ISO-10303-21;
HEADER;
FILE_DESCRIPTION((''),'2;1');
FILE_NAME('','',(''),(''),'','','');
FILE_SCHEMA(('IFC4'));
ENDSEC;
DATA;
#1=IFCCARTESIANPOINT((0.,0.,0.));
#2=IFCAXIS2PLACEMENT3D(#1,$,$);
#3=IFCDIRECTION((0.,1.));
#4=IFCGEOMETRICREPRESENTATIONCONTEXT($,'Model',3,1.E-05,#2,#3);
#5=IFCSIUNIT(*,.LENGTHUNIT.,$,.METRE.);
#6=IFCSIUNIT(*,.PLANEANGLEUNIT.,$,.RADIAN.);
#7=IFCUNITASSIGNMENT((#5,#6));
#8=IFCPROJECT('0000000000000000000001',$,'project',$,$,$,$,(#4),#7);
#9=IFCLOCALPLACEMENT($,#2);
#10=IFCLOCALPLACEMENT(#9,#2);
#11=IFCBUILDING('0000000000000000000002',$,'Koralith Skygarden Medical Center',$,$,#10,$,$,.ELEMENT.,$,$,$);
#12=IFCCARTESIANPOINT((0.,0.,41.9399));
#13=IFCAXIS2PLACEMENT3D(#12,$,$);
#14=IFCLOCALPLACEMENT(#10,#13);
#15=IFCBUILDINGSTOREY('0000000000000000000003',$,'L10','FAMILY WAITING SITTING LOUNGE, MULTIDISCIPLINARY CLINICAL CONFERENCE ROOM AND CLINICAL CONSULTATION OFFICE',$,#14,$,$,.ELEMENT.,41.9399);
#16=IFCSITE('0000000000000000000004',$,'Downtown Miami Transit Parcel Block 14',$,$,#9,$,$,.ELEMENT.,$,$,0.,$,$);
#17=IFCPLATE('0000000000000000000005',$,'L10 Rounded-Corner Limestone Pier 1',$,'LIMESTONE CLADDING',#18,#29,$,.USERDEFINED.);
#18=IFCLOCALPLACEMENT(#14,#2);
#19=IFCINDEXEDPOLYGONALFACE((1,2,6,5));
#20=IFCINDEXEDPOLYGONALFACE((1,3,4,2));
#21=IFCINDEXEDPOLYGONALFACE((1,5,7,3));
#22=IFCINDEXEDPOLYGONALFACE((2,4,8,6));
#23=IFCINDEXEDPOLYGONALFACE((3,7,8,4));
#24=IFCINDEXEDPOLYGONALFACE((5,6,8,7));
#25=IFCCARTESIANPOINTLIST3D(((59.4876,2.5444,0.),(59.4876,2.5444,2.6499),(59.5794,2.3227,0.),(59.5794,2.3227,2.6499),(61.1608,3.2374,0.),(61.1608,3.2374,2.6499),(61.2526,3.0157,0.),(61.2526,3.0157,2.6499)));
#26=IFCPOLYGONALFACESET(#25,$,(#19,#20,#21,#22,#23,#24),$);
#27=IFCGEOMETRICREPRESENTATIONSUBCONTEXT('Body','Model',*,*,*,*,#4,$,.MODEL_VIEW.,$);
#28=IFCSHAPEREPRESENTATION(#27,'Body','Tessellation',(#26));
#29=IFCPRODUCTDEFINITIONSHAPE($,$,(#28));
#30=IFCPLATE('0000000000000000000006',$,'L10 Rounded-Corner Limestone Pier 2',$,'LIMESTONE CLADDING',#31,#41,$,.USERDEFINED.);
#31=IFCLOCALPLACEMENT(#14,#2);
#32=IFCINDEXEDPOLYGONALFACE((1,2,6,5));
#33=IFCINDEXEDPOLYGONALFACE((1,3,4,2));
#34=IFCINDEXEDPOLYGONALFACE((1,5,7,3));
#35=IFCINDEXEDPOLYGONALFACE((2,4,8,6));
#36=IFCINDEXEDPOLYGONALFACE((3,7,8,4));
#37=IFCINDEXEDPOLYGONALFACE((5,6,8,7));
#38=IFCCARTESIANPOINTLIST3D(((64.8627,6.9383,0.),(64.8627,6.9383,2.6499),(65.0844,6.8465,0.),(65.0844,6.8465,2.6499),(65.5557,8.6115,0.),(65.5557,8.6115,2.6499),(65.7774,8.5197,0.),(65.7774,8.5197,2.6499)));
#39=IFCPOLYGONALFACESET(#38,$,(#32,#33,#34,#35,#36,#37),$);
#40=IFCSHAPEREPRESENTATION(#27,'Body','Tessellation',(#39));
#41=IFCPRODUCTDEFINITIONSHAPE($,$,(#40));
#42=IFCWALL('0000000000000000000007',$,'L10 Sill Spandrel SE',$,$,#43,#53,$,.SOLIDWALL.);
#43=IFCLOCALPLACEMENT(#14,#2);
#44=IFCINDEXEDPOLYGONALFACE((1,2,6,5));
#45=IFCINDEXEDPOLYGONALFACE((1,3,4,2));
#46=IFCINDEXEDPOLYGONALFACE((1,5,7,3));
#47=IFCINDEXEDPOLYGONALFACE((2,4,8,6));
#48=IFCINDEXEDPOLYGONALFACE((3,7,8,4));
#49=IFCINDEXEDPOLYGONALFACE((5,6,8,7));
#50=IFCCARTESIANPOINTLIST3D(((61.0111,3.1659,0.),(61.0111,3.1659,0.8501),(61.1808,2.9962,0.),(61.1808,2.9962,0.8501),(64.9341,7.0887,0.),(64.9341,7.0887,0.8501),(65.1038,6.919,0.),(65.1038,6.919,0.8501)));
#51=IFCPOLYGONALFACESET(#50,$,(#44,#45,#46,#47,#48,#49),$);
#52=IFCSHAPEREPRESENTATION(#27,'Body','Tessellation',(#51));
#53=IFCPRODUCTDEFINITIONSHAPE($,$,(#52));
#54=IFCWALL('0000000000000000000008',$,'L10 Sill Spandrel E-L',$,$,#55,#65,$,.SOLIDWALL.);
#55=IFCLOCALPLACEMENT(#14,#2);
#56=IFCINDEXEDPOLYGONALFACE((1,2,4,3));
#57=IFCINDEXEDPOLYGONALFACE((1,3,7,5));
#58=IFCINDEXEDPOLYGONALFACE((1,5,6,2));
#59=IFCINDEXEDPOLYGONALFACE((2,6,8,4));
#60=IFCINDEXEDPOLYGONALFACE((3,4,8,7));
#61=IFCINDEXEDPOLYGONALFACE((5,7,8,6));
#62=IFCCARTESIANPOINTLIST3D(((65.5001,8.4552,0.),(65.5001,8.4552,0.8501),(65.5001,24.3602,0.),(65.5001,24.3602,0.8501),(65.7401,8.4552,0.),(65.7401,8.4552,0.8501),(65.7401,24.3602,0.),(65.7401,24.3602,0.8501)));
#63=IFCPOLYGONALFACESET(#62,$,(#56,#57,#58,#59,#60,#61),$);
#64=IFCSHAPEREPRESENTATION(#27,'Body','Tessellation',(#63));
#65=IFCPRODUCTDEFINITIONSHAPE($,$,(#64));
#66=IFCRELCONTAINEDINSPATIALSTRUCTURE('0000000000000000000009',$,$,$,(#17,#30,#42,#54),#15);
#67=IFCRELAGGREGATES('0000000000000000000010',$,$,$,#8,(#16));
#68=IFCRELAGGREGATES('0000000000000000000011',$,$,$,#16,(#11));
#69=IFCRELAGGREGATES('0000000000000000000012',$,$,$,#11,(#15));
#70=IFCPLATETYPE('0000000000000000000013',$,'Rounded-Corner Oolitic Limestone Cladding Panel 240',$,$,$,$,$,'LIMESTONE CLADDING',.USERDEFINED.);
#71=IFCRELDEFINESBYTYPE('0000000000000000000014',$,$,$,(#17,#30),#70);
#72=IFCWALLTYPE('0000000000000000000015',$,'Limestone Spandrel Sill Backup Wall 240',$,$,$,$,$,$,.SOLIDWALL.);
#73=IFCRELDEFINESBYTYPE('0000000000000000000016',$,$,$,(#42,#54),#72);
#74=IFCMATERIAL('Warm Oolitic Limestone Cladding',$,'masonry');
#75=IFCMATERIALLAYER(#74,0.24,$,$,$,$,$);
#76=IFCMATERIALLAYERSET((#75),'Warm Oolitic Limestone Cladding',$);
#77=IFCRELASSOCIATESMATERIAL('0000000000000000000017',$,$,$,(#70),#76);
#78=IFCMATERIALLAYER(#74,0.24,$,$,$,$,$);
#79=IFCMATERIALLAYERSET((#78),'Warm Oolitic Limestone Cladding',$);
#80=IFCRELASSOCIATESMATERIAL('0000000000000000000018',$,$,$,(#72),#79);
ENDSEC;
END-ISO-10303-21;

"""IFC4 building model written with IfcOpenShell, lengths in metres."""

from ifc_helpers import new_model, si_unit, direction, frame, frame_2d, origin, origin_2d, place, context, subcontext, project, spatial, rectangle, extrude, material, layer, layer_set, type_object, element, save


model = new_model("IFC4")

# Units and contexts
model_context = context("Model", 3, precision=1e-05, world=origin(), true_north=direction((0.0, 1.0)))
body_context = subcontext(model_context, "Body", "Model", "MODEL_VIEW")
ifc_project = project(units=[si_unit("LENGTHUNIT", "METRE"), si_unit("PLANEANGLEUNIT", "RADIAN")], contexts=[model_context])

# Site, building, storey
site_placement = place(None, origin())
site = spatial("IfcSite", under=ifc_project, at=site_placement, Name="Downtown Miami Transit Parcel Block 14", CompositionType="ELEMENT", RefElevation=0.0)
building_placement = place(site_placement, origin())
building = spatial("IfcBuilding", under=site, at=building_placement, Name="Koralith Skygarden Medical Center", CompositionType="ELEMENT")
storey_placement = place(building_placement, frame((0.0, 0.0, 41.9399)))
storey = spatial("IfcBuildingStorey", under=building, at=storey_placement, Name="L10", Description="FAMILY WAITING SITTING LOUNGE, MULTIDISCIPLINARY CLINICAL CONFERENCE ROOM AND CLINICAL CONSULTATION OFFICE", CompositionType="ELEMENT", Elevation=41.9399)

# Plates
ifc_material_1 = material(Name="Warm Oolitic Limestone Cladding", Category="masonry")
ifc_layer_1 = layer(ifc_material_1, 0.24)
ifc_layer_set_1 = layer_set([ifc_layer_1], Name="Warm Oolitic Limestone Cladding")
plate_type_1 = type_object("IfcPlateType", Name="Rounded-Corner Oolitic Limestone Cladding Panel 240", ElementType="LIMESTONE CLADDING", PredefinedType="USERDEFINED", material=ifc_layer_set_1)
for number, where, z_axis, x_axis, name in (
    (1, (60.3701, 2.78, 0.0), (0.0, 0.0, 1.0), (0.923885, 0.382671, 0.0), "L10 Rounded-Corner Limestone Pier 1"),
    (2, (65.3201, 7.729, 0.0), (0.0, 0.0, 1.0), (0.382671, 0.923885, 0.0), "L10 Rounded-Corner Limestone Pier 2"),
):
    element("IfcPlate", number, at=place(storey_placement, frame(where, z_axis=z_axis, x_axis=x_axis)), inside=storey, type_object=plate_type_1, Name=name, ObjectType="LIMESTONE CLADDING", PredefinedType="USERDEFINED", context=body_context, shape_type="SweptSolid", body=[
        extrude(rectangle(XDim=1.811, YDim=0.24, at=origin_2d()), origin(), (0.0, 0.0, 1.0), 2.6499),
    ])

# Walls
ifc_layer_2 = layer(ifc_material_1, 0.24)
ifc_layer_set_2 = layer_set([ifc_layer_2], Name="Warm Oolitic Limestone Cladding")
wall_type = type_object("IfcWallType", Name="Limestone Spandrel Sill Backup Wall 240", PredefinedType="SOLIDWALL", material=ifc_layer_set_2)
wall_1_placement = place(storey_placement, frame((61.0959, 3.0811, 0.0), z_axis=(0.0, 0.0, 1.0), x_axis=(0.707129, 0.707085, 0.0)))
element("IfcWall", 3, at=wall_1_placement, inside=storey, type_object=wall_type, Name="L10 Sill Spandrel SE", PredefinedType="SOLIDWALL", context=body_context, shape_type="SweptSolid", body=[
    extrude(rectangle(XDim=5.5479, YDim=0.24, at=frame_2d((2.7739, 0.0))), origin(), (0.0, 0.0, 1.0), 0.8501),
])
wall_2_placement = place(storey_placement, frame((65.6201, 8.4551, 0.0), z_axis=(0.0, 0.0, 1.0), x_axis=(0.0, 1.0, 0.0)))
element("IfcWall", 4, at=wall_2_placement, inside=storey, type_object=wall_type, Name="L10 Sill Spandrel E-L", PredefinedType="SOLIDWALL", context=body_context, shape_type="SweptSolid", body=[
    extrude(rectangle(XDim=15.905, YDim=0.24, at=frame_2d((7.9526, 0.0))), origin(), (0.0, 0.0, 1.0), 0.8501),
])

save(model, "model.ifc")
